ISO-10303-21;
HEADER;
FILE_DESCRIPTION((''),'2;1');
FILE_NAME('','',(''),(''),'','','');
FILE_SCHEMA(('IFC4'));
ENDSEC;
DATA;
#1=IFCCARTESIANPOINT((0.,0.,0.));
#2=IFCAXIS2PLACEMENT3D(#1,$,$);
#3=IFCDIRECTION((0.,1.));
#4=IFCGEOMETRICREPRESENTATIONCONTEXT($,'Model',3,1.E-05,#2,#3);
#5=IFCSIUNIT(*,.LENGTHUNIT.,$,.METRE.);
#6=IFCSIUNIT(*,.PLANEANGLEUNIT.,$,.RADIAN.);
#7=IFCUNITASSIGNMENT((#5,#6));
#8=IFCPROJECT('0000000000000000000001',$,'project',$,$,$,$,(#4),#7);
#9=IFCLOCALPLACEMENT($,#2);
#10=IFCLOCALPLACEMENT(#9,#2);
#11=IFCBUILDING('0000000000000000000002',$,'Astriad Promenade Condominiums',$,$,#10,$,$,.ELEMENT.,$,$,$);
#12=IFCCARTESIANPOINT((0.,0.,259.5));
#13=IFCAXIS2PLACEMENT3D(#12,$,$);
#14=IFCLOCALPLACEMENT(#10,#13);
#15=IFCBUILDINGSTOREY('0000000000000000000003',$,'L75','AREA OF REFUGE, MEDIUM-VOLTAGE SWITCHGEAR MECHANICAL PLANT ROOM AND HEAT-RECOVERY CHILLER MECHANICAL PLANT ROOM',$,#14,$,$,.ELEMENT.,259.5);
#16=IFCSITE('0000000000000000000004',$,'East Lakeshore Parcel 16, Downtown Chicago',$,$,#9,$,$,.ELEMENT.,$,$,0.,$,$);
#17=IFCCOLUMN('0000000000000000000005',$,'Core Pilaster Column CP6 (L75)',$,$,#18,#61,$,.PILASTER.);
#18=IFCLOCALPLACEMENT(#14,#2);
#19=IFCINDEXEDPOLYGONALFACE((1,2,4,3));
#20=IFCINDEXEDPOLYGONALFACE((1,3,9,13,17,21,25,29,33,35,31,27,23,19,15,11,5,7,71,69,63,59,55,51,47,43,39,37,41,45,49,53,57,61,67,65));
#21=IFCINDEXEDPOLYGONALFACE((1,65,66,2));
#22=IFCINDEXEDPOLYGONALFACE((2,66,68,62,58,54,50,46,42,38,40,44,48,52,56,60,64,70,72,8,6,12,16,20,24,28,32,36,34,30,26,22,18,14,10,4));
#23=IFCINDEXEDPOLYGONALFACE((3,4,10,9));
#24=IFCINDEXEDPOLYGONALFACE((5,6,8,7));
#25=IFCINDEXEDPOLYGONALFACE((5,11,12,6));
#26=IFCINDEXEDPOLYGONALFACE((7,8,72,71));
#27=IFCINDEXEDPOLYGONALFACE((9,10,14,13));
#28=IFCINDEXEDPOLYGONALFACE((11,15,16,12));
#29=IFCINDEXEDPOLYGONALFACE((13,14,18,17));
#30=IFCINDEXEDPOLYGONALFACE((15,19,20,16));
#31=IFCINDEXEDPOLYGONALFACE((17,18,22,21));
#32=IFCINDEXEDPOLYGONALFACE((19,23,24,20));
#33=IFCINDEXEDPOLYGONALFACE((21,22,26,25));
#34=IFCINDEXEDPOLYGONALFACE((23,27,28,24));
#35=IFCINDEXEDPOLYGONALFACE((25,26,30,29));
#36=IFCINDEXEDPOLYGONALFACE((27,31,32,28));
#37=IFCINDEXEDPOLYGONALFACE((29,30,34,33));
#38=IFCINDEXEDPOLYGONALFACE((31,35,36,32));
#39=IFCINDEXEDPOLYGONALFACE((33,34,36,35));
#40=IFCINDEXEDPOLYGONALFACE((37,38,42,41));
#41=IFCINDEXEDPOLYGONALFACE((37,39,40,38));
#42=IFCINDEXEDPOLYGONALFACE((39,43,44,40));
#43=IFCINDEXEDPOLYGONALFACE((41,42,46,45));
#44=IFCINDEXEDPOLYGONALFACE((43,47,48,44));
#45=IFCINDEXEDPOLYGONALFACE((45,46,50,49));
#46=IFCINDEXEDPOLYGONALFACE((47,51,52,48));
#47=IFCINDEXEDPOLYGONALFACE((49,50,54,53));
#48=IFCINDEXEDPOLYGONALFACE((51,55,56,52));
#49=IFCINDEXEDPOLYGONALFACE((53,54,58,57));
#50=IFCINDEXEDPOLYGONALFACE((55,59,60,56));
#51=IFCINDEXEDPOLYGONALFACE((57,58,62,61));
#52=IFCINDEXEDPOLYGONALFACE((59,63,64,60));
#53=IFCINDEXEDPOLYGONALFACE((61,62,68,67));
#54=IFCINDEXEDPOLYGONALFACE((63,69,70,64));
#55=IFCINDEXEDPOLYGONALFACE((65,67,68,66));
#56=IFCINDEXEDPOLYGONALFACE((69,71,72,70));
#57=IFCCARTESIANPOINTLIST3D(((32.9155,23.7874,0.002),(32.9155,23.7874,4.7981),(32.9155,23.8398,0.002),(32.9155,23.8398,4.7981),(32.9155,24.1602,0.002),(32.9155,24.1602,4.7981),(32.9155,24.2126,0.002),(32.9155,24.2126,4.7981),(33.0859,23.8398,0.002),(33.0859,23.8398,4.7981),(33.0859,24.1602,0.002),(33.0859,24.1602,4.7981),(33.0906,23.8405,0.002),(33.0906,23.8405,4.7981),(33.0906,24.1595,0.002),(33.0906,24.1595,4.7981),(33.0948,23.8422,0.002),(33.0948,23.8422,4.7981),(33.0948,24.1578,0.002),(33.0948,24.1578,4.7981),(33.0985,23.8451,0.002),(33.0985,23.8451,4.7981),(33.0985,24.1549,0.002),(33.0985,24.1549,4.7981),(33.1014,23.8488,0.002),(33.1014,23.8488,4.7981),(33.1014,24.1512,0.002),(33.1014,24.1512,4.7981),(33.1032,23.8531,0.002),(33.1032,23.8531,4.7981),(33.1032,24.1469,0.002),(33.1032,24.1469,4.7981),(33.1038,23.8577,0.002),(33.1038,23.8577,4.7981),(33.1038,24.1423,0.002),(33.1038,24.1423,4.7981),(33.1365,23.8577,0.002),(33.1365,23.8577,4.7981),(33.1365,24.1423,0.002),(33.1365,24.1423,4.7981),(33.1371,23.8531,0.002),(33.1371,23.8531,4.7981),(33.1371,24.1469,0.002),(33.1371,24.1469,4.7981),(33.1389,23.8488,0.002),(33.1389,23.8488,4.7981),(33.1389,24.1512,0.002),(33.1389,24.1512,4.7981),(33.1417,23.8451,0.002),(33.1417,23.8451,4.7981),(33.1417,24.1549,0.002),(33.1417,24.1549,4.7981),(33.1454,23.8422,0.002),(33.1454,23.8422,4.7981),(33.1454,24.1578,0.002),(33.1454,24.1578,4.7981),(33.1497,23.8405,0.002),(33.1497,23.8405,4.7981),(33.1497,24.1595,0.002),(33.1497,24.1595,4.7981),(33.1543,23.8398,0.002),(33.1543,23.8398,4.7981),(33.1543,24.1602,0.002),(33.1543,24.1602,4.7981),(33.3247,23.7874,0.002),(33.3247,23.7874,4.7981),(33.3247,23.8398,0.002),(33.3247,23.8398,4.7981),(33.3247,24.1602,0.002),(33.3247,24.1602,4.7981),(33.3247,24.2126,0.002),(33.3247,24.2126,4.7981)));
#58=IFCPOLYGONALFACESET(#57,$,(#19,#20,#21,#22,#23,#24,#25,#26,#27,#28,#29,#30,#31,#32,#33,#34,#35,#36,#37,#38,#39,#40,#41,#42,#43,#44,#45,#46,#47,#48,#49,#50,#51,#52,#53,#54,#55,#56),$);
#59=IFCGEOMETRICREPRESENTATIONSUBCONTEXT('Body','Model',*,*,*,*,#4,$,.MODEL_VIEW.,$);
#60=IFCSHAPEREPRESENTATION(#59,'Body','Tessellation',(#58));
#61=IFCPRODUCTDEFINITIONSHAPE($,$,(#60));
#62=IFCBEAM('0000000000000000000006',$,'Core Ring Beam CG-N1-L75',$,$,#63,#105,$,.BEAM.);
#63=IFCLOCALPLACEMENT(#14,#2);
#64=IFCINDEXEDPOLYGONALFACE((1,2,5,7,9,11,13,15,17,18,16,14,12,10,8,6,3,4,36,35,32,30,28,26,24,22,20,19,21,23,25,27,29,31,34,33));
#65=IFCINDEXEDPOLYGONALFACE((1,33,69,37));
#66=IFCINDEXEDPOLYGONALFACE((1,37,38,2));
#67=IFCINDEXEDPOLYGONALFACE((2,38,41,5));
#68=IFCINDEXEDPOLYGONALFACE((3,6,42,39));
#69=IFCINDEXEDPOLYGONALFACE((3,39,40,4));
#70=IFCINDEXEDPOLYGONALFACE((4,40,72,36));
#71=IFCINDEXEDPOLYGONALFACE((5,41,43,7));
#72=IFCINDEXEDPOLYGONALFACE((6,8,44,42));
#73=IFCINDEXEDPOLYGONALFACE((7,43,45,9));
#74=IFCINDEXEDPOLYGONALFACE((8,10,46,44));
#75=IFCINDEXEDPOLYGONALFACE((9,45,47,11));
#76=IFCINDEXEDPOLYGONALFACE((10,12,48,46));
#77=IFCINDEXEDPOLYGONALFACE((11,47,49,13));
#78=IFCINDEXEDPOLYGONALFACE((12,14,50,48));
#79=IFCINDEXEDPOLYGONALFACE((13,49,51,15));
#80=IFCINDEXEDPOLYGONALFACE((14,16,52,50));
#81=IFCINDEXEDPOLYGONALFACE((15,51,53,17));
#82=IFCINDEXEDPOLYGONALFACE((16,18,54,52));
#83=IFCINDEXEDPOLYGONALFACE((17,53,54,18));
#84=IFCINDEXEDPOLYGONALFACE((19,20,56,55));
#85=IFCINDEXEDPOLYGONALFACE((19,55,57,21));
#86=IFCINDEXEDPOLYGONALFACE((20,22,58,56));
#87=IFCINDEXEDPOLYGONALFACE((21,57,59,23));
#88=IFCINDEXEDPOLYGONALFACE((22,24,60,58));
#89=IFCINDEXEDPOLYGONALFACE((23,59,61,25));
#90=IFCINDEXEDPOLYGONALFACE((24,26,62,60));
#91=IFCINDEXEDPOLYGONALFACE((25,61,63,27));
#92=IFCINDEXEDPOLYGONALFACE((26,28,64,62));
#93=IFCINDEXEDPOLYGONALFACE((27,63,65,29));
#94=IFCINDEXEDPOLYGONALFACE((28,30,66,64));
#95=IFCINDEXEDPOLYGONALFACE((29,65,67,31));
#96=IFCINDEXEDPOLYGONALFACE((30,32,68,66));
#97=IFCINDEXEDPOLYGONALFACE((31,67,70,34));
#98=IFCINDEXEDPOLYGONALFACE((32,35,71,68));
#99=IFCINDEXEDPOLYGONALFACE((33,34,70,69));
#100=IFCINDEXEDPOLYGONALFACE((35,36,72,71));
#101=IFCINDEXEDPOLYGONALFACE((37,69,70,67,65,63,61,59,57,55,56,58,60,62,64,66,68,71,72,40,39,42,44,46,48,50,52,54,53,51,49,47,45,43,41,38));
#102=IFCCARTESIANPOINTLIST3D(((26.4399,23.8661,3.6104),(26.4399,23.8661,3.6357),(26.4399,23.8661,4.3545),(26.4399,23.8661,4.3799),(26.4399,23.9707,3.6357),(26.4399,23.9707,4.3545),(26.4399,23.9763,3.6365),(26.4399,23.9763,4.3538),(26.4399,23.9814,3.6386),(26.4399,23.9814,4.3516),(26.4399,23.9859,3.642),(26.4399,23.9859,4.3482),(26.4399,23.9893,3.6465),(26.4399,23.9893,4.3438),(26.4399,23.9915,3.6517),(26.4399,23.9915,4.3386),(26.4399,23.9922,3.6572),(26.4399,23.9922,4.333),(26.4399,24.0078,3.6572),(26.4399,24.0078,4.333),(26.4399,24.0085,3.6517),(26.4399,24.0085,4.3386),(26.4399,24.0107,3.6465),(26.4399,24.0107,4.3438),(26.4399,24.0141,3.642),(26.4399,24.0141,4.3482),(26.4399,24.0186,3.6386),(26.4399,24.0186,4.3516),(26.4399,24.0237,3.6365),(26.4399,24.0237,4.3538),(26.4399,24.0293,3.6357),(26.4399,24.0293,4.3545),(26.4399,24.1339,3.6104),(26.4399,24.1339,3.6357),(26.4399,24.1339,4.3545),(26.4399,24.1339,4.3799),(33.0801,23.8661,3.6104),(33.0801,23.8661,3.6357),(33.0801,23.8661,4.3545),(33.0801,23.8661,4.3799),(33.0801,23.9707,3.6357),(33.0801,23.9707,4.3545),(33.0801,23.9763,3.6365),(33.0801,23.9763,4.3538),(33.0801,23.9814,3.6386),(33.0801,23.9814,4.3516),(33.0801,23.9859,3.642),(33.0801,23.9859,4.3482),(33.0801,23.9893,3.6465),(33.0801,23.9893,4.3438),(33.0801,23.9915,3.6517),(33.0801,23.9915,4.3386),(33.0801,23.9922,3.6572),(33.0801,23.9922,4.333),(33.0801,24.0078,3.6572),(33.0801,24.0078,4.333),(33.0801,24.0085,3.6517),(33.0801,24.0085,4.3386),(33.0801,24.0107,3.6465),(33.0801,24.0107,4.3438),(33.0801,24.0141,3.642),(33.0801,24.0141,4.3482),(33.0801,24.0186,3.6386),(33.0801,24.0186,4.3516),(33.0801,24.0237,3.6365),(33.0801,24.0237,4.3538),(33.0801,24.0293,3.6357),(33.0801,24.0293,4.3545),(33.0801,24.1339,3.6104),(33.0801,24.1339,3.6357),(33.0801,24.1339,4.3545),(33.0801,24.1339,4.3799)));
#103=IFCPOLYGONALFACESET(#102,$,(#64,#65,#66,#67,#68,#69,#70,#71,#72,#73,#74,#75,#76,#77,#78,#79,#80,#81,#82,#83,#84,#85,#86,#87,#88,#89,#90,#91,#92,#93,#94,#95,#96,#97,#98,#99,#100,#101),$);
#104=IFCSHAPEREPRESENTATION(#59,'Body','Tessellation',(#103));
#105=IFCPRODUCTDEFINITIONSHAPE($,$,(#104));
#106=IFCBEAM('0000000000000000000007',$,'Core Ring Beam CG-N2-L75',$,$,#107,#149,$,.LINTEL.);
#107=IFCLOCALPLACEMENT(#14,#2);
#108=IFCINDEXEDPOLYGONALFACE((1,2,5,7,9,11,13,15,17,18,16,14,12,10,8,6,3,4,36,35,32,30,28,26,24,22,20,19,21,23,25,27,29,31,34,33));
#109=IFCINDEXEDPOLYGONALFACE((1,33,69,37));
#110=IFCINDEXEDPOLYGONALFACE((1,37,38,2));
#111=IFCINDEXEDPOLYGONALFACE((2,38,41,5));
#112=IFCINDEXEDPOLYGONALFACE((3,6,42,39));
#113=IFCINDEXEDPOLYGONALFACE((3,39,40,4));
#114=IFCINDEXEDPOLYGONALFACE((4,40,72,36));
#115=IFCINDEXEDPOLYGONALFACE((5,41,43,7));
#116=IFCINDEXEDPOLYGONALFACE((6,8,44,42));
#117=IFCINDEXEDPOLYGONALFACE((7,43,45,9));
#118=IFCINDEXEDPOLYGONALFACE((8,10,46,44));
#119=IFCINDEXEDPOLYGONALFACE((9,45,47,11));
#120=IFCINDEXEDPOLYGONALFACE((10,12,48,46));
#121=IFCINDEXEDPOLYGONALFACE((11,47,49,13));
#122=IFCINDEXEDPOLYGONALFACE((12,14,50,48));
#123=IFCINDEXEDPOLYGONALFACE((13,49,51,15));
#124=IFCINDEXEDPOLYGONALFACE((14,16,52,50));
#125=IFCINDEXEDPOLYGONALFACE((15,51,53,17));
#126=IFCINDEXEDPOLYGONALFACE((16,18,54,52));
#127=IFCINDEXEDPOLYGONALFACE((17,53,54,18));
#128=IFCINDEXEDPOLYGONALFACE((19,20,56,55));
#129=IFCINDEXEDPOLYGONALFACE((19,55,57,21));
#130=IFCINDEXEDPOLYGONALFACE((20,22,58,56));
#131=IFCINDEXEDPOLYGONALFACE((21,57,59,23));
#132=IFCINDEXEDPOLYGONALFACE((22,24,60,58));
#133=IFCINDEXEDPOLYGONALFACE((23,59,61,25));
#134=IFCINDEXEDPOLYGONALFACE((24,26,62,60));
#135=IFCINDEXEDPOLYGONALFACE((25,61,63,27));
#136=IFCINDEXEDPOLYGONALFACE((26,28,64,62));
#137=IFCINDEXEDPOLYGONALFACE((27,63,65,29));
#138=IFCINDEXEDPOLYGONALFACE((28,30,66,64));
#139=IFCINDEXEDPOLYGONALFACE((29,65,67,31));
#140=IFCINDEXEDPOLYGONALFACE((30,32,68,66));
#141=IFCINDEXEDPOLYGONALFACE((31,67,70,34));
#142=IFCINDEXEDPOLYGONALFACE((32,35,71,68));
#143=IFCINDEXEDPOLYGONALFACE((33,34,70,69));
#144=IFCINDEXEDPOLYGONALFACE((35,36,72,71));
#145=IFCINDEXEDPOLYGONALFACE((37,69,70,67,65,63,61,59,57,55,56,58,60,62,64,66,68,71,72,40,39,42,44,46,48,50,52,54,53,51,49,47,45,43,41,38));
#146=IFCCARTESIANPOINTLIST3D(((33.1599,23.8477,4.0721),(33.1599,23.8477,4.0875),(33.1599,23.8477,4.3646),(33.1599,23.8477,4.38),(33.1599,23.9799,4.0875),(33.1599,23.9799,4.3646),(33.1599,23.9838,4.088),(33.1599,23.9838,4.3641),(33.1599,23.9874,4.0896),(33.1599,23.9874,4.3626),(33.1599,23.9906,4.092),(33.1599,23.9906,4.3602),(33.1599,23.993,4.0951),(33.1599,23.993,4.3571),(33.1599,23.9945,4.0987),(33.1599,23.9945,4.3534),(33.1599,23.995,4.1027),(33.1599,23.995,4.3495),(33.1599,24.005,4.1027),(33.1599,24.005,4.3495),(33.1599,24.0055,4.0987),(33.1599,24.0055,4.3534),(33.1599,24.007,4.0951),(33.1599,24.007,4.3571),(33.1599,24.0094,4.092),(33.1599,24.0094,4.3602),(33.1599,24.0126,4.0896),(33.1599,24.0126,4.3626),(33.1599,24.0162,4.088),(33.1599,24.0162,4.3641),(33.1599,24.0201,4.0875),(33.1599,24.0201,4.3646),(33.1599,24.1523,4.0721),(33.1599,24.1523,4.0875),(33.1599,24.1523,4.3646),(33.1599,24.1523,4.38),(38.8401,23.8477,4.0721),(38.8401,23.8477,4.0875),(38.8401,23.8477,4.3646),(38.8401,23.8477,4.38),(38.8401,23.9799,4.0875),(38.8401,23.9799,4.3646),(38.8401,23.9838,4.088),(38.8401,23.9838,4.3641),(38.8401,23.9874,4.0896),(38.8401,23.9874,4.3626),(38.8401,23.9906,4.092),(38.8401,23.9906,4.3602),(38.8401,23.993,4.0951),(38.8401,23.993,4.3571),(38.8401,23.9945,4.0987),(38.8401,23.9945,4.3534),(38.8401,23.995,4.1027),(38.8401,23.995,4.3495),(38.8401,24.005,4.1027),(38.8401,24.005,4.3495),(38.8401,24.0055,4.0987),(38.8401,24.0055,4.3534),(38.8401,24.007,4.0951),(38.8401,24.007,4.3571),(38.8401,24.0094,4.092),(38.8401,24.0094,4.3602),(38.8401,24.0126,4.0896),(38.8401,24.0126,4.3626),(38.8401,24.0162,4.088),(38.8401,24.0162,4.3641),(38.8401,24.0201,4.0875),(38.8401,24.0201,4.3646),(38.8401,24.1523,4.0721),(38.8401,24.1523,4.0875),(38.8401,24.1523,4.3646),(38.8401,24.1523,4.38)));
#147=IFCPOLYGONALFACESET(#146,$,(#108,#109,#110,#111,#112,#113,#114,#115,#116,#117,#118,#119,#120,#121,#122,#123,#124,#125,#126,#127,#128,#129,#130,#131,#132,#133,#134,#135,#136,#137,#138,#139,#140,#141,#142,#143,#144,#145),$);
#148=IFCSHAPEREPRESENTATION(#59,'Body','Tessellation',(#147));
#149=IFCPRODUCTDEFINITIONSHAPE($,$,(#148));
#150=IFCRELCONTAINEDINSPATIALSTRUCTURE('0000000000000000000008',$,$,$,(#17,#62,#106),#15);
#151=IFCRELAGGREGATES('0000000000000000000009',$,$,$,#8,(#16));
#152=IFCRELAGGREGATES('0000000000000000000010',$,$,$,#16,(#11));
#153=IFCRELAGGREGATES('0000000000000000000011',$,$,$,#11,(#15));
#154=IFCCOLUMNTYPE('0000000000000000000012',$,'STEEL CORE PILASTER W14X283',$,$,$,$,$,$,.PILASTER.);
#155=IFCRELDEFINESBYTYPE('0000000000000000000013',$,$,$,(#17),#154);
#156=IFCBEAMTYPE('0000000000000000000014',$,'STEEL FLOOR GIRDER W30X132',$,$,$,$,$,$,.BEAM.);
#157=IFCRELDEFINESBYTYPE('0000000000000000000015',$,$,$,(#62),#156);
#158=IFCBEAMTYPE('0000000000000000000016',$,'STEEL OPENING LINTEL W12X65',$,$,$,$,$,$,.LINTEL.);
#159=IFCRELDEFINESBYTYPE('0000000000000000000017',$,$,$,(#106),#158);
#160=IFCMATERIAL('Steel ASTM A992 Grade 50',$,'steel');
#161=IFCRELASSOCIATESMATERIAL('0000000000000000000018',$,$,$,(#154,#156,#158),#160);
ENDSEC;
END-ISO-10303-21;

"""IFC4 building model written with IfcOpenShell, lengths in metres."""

from ifc_helpers import new_model, si_unit, direction, frame, origin, origin_2d, place, context, subcontext, project, spatial, i_section, extrude, source, transform, mapped, material, material_profile, profile_set, type_object, type_shapes, element, save


model = new_model("IFC4")

# Units and contexts
model_context = context("Model", 3, precision=1e-05, world=origin(), true_north=direction((0.0, 1.0)))
body_context = subcontext(model_context, "Body", "Model", "MODEL_VIEW")
ifc_project = project(units=[si_unit("LENGTHUNIT", "METRE"), si_unit("PLANEANGLEUNIT", "RADIAN")], contexts=[model_context])

# Site, building, storey
site_placement = place(None, origin())
site = spatial("IfcSite", under=ifc_project, at=site_placement, Name="East Lakeshore Parcel 16, Downtown Chicago", CompositionType="ELEMENT", RefElevation=0.0)
building_placement = place(site_placement, origin())
building = spatial("IfcBuilding", under=site, at=building_placement, Name="Astriad Promenade Condominiums", CompositionType="ELEMENT")
storey_placement = place(building_placement, frame((0.0, 0.0, 259.5)))
storey = spatial("IfcBuildingStorey", under=building, at=storey_placement, Name="L75", Description="AREA OF REFUGE, MEDIUM-VOLTAGE SWITCHGEAR MECHANICAL PLANT ROOM AND HEAT-RECOVERY CHILLER MECHANICAL PLANT ROOM", CompositionType="ELEMENT", Elevation=259.5)

# Column
ifc_material_1 = material(Name="Steel ASTM A992 Grade 50", Category="steel")
ifc_material_profile_1 = material_profile(ifc_material_1, i_section(OverallWidth=0.4092, OverallDepth=0.4253, WebThickness=0.0327, FlangeThickness=0.0525, FilletRadius=0.0178, at=origin_2d()), Name="W14X283")
ifc_profile_set_1 = profile_set([ifc_material_profile_1], Name="Steel ASTM A992 Grade 50")
column_type = type_object("IfcColumnType", Name="STEEL CORE PILASTER W14X283", PredefinedType="PILASTER", material=ifc_profile_set_1)
shared_shape_1 = source(origin(), body_context, "Body", "SweptSolid", [
    extrude(i_section(OverallWidth=0.4092, OverallDepth=0.4253, WebThickness=0.0327, FlangeThickness=0.0525, FilletRadius=0.0178, at=origin_2d()), origin(), (0.0, 0.0, 1.0), 4.7961),
])
type_shapes(column_type, [shared_shape_1])
column_placement = place(storey_placement, frame((33.1201, 24.0, 0.002), z_axis=(0.0, 0.0, 1.0), x_axis=(1.0, 0.0, 0.0)))
element("IfcColumn", 1, at=column_placement, inside=storey, type_object=column_type, Name="Core Pilaster Column CP6 (L75)", PredefinedType="PILASTER", context=body_context, shape_type="MappedRepresentation", body=[
    mapped(shared_shape_1, transform((0.0, 0.0, 0.0), scale=1.0)),
])

# Beams
ifc_material_profile_2 = material_profile(ifc_material_1, i_section(OverallWidth=0.2678, OverallDepth=0.7695, WebThickness=0.0156, FlangeThickness=0.0254, FilletRadius=0.0215, at=origin_2d()), Name="W30X132")
ifc_profile_set_2 = profile_set([ifc_material_profile_2], Name="Steel ASTM A992 Grade 50")
beam_type_1 = type_object("IfcBeamType", Name="STEEL FLOOR GIRDER W30X132", PredefinedType="BEAM", material=ifc_profile_set_2)
shared_shape_2 = source(origin(), body_context, "Body", "SweptSolid", [
    extrude(i_section(OverallWidth=0.2678, OverallDepth=0.7695, WebThickness=0.0156, FlangeThickness=0.0254, FilletRadius=0.0215, at=origin_2d()), origin(), (0.0, 0.0, 1.0), 6.6401),
])
type_shapes(beam_type_1, [shared_shape_2])
beam_1_placement = place(storey_placement, frame((26.4399, 24.0, 3.9951), z_axis=(1.0, 0.0, 0.0), x_axis=(0.0, 1.0, 0.0)))
element("IfcBeam", 2, at=beam_1_placement, inside=storey, type_object=beam_type_1, Name="Core Ring Beam CG-N1-L75", PredefinedType="BEAM", context=body_context, shape_type="MappedRepresentation", body=[
    mapped(shared_shape_2, transform((0.0, 0.0, 0.0), scale=1.0)),
])
ifc_material_profile_3 = material_profile(ifc_material_1, i_section(OverallWidth=0.3047, OverallDepth=0.3079, WebThickness=0.01, FlangeThickness=0.0154, FilletRadius=0.0151, at=origin_2d()), Name="W12X65")
ifc_profile_set_3 = profile_set([ifc_material_profile_3], Name="Steel ASTM A992 Grade 50")
beam_type_2 = type_object("IfcBeamType", Name="STEEL OPENING LINTEL W12X65", PredefinedType="LINTEL", material=ifc_profile_set_3)
shared_shape_3 = source(origin(), body_context, "Body", "SweptSolid", [
    extrude(i_section(OverallWidth=0.3047, OverallDepth=0.3079, WebThickness=0.01, FlangeThickness=0.0154, FilletRadius=0.0151, at=origin_2d()), origin(), (0.0, 0.0, 1.0), 5.6802),
])
type_shapes(beam_type_2, [shared_shape_3])
beam_2_placement = place(storey_placement, frame((33.1599, 24.0, 4.2261), z_axis=(1.0, 0.0, 0.0), x_axis=(0.0, 1.0, 0.0)))
element("IfcBeam", 3, at=beam_2_placement, inside=storey, type_object=beam_type_2, Name="Core Ring Beam CG-N2-L75", PredefinedType="LINTEL", context=body_context, shape_type="MappedRepresentation", body=[
    mapped(shared_shape_3, transform((0.0, 0.0, 0.0), scale=1.0)),
])

save(model, "model.ifc")
